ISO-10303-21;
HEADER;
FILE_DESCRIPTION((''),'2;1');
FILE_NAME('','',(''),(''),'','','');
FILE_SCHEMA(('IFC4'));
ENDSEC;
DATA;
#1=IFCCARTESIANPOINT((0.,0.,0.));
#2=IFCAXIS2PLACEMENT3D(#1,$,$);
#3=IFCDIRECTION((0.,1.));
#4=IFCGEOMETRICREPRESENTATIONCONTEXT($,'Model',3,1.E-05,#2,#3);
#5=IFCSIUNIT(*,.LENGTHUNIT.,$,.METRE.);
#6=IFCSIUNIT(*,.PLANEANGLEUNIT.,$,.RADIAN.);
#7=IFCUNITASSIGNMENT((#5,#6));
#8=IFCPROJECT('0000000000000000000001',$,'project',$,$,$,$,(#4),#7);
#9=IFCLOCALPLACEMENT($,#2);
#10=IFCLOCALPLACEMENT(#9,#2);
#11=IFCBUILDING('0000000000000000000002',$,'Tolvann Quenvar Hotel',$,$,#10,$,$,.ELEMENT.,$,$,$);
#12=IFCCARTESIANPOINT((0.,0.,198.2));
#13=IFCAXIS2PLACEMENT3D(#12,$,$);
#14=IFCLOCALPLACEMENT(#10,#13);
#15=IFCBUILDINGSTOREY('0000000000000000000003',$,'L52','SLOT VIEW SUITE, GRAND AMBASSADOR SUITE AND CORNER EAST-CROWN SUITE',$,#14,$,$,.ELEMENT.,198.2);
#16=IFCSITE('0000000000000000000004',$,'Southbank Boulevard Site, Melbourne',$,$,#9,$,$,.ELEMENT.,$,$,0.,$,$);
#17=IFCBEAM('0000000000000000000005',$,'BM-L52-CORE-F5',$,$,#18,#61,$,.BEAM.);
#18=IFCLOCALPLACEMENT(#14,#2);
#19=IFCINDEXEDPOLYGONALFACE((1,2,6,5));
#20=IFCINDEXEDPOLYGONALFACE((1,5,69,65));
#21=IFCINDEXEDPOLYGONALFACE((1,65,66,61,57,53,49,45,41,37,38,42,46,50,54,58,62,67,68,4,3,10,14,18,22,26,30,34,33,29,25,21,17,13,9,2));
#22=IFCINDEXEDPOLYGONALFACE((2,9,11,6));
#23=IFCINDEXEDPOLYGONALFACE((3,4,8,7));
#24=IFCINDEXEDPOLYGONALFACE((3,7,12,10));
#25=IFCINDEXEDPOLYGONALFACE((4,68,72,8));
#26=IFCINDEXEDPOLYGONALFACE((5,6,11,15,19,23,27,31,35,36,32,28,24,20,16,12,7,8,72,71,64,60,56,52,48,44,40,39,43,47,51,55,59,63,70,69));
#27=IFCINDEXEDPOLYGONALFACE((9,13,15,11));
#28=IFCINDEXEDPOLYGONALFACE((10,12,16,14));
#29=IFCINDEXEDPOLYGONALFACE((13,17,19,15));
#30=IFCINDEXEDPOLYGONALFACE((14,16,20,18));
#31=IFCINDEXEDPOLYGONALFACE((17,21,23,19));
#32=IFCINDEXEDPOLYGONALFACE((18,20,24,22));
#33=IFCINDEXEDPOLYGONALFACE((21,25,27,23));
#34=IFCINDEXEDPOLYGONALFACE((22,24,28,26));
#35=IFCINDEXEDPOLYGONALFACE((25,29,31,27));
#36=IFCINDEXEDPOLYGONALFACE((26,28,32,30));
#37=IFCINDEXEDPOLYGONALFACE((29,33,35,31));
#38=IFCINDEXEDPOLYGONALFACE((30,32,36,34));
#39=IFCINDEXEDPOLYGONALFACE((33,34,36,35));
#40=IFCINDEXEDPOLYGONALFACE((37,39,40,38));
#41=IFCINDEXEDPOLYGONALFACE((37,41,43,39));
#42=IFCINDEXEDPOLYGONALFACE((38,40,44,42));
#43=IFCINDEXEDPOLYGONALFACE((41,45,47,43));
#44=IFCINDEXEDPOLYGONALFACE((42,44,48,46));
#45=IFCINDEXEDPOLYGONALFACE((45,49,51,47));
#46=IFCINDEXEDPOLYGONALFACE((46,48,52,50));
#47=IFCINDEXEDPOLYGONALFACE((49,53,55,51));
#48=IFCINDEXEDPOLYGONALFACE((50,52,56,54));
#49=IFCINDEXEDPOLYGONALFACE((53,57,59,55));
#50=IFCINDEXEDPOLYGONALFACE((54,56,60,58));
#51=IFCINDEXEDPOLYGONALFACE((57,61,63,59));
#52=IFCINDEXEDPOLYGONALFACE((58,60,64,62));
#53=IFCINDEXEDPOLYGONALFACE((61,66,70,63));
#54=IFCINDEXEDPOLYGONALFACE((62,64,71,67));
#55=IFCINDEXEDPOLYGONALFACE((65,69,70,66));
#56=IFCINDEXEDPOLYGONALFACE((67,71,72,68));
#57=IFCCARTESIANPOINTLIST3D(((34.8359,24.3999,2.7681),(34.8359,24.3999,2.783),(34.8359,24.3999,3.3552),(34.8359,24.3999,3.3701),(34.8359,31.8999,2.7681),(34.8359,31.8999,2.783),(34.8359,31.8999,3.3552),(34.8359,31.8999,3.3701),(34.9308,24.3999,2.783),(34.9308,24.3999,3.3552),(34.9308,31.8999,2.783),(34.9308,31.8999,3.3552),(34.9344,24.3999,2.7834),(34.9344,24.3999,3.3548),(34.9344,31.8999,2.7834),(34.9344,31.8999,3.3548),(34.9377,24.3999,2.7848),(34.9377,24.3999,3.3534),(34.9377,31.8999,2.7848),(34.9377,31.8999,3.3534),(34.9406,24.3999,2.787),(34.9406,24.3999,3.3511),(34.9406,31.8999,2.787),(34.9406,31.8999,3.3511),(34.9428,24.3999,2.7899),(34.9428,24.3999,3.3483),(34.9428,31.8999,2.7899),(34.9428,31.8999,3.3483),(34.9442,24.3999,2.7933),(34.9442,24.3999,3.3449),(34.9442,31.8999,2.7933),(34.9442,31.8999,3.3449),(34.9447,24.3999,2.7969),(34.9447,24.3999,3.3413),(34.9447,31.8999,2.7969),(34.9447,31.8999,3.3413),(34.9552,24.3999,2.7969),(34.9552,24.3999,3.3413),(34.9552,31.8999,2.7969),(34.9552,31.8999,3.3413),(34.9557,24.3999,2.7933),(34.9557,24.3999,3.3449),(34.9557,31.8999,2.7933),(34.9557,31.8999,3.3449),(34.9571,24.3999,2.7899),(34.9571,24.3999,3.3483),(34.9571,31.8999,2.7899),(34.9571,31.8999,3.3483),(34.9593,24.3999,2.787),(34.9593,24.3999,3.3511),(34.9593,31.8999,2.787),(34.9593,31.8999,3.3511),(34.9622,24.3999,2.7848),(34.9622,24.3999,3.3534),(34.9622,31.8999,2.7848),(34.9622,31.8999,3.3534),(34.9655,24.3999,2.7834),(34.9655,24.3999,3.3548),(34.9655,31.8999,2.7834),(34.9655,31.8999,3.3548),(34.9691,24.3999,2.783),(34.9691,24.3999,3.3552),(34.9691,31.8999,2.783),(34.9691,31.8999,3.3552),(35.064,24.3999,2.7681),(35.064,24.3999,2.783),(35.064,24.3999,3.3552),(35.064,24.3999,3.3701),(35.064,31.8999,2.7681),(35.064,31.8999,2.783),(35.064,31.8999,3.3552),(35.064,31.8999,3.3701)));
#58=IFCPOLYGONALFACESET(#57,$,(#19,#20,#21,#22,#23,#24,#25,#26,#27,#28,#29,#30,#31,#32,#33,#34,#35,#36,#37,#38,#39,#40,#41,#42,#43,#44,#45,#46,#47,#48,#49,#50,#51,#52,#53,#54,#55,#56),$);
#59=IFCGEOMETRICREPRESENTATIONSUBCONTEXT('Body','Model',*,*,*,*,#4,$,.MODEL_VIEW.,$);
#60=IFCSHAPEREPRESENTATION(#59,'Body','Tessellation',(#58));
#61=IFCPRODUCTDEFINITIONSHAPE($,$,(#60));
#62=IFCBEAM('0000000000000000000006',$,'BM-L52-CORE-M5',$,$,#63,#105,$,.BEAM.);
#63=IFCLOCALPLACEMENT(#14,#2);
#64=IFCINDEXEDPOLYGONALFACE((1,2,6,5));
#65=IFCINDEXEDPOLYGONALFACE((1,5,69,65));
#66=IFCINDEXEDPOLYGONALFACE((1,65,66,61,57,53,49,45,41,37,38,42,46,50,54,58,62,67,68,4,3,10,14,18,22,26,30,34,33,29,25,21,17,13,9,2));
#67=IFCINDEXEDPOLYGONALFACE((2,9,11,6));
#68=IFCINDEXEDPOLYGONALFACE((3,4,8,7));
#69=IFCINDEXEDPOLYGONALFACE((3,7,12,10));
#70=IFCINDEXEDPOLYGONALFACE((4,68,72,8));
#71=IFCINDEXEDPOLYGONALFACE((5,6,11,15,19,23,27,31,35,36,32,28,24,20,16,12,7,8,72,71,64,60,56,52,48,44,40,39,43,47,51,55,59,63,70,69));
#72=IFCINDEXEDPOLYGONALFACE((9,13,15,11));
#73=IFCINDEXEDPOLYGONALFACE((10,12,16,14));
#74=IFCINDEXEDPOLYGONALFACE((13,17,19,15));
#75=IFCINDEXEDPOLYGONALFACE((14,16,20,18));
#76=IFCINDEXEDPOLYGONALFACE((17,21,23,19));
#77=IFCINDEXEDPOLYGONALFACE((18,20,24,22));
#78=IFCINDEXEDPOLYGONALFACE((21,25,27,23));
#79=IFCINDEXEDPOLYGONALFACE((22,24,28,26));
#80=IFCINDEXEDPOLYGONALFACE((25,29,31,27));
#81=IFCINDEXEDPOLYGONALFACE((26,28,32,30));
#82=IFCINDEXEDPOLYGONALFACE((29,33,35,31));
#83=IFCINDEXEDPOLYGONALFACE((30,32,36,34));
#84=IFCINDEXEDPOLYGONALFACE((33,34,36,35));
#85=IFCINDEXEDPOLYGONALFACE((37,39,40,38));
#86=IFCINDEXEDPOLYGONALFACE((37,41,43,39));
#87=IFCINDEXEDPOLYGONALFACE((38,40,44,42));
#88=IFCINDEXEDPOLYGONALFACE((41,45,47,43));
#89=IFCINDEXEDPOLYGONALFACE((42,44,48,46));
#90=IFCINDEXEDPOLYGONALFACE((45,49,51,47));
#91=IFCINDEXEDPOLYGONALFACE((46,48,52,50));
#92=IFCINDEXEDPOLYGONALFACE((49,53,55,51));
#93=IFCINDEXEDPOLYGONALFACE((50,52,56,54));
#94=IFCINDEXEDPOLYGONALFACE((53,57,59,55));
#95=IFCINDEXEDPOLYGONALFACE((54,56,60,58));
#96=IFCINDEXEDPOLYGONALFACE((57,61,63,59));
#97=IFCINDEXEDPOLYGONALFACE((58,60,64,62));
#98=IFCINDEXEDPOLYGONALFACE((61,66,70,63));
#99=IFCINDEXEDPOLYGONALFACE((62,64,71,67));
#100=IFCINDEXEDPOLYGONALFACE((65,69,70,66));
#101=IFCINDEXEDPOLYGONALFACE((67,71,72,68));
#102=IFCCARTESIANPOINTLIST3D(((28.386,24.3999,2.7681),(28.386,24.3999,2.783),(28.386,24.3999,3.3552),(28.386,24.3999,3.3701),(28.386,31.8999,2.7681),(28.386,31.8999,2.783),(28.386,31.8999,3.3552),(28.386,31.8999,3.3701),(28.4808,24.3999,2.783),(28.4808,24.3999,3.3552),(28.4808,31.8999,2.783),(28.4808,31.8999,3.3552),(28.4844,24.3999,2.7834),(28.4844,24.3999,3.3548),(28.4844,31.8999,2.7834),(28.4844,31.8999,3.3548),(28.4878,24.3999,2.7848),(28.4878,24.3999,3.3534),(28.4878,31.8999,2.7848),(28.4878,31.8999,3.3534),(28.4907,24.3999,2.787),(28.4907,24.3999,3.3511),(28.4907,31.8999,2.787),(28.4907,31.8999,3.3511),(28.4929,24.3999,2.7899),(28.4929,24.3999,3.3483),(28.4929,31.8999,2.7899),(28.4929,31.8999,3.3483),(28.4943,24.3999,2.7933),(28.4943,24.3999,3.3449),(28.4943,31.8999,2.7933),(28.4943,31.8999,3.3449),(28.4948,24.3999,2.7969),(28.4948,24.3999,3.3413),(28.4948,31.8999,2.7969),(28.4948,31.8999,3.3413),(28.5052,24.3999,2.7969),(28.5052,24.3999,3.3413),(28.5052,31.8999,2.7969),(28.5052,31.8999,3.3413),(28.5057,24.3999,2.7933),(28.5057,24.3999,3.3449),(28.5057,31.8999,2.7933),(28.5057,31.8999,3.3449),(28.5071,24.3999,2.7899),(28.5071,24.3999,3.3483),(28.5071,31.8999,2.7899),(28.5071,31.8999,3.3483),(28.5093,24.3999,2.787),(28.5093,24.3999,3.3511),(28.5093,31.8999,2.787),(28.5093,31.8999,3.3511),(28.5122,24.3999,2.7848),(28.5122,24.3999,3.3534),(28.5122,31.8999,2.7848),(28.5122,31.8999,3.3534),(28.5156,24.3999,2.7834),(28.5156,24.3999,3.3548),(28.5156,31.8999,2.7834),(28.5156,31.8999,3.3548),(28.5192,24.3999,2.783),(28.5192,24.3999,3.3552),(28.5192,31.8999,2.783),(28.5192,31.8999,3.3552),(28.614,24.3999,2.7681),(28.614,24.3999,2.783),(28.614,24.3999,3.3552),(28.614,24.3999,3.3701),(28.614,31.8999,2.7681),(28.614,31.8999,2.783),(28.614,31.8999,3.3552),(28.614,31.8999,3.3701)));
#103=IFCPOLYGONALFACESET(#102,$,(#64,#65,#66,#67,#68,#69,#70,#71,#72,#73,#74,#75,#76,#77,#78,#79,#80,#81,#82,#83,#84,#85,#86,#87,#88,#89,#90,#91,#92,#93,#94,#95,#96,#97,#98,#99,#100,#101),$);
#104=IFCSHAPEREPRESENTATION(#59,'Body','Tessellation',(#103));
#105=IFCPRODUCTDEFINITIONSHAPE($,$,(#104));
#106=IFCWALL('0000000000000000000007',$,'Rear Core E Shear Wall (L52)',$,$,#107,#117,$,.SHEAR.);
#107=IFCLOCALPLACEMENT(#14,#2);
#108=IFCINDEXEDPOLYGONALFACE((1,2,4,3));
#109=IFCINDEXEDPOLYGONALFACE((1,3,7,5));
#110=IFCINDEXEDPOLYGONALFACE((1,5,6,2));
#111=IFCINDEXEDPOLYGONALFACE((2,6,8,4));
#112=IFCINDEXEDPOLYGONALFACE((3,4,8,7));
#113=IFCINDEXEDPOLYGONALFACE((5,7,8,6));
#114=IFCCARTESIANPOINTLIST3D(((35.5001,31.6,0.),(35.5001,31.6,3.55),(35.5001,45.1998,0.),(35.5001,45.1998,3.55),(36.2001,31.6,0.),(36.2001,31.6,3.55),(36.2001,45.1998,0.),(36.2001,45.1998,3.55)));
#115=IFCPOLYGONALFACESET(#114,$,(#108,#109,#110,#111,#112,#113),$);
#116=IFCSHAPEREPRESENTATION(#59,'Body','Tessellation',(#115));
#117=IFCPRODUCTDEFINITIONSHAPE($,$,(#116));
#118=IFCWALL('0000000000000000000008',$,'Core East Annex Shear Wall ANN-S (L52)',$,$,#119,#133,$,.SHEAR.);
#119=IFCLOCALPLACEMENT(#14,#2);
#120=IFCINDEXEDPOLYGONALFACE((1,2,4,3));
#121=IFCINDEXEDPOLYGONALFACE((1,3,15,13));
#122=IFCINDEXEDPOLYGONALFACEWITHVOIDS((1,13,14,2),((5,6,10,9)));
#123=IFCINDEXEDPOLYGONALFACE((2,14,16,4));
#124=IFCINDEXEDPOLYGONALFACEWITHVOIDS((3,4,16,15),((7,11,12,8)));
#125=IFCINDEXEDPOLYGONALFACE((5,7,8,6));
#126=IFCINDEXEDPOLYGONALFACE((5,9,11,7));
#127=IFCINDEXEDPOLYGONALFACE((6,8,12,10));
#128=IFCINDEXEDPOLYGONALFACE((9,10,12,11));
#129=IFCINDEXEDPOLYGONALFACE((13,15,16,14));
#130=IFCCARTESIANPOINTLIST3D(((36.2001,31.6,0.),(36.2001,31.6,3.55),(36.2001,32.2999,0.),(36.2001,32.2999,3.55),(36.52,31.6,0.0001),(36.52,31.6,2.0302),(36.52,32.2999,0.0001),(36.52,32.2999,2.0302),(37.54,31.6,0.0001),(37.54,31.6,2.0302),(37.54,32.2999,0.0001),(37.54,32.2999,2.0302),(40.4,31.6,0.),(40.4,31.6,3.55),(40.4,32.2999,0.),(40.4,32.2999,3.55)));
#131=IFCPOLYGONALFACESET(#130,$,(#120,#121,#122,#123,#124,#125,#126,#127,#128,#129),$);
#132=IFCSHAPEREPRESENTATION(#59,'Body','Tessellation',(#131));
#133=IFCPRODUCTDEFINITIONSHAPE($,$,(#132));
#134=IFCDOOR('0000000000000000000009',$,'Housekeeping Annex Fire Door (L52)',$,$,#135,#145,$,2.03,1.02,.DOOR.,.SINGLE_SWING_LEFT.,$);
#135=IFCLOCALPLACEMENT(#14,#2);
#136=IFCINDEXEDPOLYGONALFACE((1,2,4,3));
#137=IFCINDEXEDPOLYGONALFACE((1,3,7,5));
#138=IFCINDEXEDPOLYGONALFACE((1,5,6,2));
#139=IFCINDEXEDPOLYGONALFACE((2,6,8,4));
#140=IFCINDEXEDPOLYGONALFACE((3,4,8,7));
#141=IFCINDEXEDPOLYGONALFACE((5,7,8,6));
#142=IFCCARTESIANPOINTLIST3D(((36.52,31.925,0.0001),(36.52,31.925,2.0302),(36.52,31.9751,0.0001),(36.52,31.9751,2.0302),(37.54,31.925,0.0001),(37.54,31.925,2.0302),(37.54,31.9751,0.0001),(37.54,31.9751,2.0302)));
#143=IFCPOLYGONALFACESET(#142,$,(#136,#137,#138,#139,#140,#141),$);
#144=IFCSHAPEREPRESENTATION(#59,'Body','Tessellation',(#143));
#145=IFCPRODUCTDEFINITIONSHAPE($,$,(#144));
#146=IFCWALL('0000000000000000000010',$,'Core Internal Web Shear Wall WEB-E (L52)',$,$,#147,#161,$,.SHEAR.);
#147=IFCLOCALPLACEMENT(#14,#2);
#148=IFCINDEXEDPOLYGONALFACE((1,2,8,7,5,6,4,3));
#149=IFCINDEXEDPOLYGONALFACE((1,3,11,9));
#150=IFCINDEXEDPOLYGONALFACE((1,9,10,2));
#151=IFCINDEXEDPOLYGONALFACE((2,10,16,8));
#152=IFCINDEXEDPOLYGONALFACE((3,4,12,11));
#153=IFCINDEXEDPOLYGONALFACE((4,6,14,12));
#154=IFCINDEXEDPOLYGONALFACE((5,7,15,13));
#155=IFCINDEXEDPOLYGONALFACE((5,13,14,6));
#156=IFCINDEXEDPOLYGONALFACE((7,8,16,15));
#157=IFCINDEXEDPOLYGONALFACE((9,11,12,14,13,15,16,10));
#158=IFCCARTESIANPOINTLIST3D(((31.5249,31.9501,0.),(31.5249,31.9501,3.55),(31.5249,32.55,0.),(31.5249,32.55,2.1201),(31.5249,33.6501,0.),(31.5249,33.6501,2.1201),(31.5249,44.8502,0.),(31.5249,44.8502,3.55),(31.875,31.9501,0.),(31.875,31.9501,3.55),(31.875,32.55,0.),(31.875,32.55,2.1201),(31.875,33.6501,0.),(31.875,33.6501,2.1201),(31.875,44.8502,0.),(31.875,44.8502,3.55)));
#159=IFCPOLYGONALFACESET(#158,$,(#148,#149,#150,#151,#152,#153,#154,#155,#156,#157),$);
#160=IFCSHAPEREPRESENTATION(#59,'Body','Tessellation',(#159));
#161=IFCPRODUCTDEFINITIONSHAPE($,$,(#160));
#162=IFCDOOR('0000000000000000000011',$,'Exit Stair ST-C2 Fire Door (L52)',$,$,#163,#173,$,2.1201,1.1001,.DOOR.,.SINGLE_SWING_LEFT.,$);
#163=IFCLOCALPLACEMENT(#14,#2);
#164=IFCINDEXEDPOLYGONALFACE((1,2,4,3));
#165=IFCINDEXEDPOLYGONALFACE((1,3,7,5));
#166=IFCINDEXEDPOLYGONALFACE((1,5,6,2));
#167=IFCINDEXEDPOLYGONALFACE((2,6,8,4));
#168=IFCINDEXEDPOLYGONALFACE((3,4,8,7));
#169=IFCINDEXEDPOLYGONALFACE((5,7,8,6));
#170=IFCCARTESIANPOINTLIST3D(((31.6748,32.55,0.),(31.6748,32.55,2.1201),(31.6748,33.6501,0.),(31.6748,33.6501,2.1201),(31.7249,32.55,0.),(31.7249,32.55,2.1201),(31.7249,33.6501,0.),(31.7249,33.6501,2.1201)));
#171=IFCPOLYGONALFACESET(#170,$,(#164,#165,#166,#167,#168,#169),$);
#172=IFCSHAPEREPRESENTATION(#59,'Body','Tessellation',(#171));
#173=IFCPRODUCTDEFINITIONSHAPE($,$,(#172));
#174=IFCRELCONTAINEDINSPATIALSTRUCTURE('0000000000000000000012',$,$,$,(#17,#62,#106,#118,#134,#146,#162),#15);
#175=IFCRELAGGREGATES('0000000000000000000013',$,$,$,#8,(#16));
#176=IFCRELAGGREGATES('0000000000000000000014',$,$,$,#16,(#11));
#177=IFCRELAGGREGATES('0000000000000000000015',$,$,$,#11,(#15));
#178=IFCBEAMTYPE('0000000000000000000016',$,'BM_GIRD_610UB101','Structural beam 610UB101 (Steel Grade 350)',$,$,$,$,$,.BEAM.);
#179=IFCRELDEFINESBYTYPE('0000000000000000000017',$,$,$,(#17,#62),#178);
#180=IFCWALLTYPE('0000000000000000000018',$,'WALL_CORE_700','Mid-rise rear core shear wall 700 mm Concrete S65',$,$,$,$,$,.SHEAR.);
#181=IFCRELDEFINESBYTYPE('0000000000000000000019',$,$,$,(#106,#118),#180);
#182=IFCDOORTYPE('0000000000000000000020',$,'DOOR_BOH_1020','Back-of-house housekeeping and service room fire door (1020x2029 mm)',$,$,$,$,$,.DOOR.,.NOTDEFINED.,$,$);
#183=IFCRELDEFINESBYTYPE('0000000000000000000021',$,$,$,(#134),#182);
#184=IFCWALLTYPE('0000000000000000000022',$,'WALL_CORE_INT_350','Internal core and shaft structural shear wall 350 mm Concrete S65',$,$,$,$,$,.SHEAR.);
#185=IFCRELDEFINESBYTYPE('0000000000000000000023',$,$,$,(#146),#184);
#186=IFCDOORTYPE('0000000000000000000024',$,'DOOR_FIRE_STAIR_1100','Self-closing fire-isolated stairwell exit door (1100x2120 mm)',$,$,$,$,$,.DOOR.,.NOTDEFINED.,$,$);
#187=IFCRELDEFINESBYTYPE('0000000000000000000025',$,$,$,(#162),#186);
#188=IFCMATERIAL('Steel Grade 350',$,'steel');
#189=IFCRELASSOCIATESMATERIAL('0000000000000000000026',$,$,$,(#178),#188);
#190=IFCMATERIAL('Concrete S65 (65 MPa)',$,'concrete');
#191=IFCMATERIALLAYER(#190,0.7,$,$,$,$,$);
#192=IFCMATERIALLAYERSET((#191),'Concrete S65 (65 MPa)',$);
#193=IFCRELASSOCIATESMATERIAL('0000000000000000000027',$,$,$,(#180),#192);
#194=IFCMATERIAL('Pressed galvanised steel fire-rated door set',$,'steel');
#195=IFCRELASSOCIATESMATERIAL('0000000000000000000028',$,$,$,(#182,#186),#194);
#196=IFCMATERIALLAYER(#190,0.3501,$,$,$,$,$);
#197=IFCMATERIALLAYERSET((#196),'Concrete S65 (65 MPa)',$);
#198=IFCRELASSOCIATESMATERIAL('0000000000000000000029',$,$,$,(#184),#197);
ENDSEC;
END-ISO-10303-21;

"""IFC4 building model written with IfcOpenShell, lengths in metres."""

from ifc_helpers import new_model, si_unit, direction, frame, frame_2d, origin, origin_2d, place, context, subcontext, project, spatial, rectangle, i_section, extrude, source, transform, mapped, material, layer, layer_set, material_profile, profile_set, type_object, type_shapes, element, fill, save


model = new_model("IFC4")

# Units and contexts
model_context = context("Model", 3, precision=1e-05, world=origin(), true_north=direction((0.0, 1.0)))
body_context = subcontext(model_context, "Body", "Model", "MODEL_VIEW")
ifc_project = project(units=[si_unit("LENGTHUNIT", "METRE"), si_unit("PLANEANGLEUNIT", "RADIAN")], contexts=[model_context])

# Site, building, storey
site_placement = place(None, origin())
site = spatial("IfcSite", under=ifc_project, at=site_placement, Name="Southbank Boulevard Site, Melbourne", CompositionType="ELEMENT", RefElevation=0.0)
building_placement = place(site_placement, origin())
building = spatial("IfcBuilding", under=site, at=building_placement, Name="Tolvann Quenvar Hotel", CompositionType="ELEMENT")
storey_placement = place(building_placement, frame((0.0, 0.0, 198.2)))
storey = spatial("IfcBuildingStorey", under=building, at=storey_placement, Name="L52", Description="SLOT VIEW SUITE, GRAND AMBASSADOR SUITE AND CORNER EAST-CROWN SUITE", CompositionType="ELEMENT", Elevation=198.2)

# Shared definitions
ifc_material_1 = material(Name="Steel Grade 350", Category="steel")

# Beams
ifc_material_profile_1 = material_profile(ifc_material_1, i_section(OverallWidth=0.228, OverallDepth=0.6021, WebThickness=0.0105, FlangeThickness=0.0149, FilletRadius=0.0139, at=origin_2d()), Name="610UB101")
ifc_profile_set_1 = profile_set([ifc_material_profile_1], Name="Steel Grade 350")
beam_type_1 = type_object("IfcBeamType", Name="BM_GIRD_610UB101", Description="Structural beam 610UB101 (Steel Grade 350)", PredefinedType="BEAM", material=ifc_profile_set_1)
shared_shape_1 = source(origin(), body_context, "Body", "SweptSolid", [
    extrude(i_section(OverallWidth=0.228, OverallDepth=0.6021, WebThickness=0.0105, FlangeThickness=0.0149, FilletRadius=0.0139, at=origin_2d()), origin(), (0.0, 0.0, 1.0), 7.5),
])
for number, where, z_axis, x_axis, name in (
    (1, (34.95, 24.3999, 3.0691), (0.0, 1.0, 0.0), (-1.0, 0.0, 0.0), "BM-L52-CORE-F5"),
    (2, (28.5, 24.3999, 3.0691), (0.0, 1.0, 0.0), (-1.0, 0.0, 0.0), "BM-L52-CORE-M5"),
):
    element("IfcBeam", number, at=place(storey_placement, frame(where, z_axis=z_axis, x_axis=x_axis)), inside=storey, type_object=beam_type_1, Name=name, PredefinedType="BEAM", context=body_context, shape_type="MappedRepresentation", body=[
        mapped(shared_shape_1, transform((0.0, 0.0, 0.0), x_axis=(1.0, 0.0, 0.0), y_axis=(0.0, 1.0, 0.0), z_axis=(0.0, 0.0, 1.0), scale=1.0)),
    ])

# Wall
ifc_material_2 = material(Name="Concrete S65 (65 MPa)", Category="concrete")
ifc_layer_1 = layer(ifc_material_2, 0.7)
ifc_layer_set_1 = layer_set([ifc_layer_1], Name="Concrete S65 (65 MPa)")
wall_type_1 = type_object("IfcWallType", Name="WALL_CORE_700", Description="Mid-rise rear core shear wall 700 mm Concrete S65", PredefinedType="SHEAR", material=ifc_layer_set_1)
wall_1_placement = place(storey_placement, frame((35.8501, 31.6001, 0.0), z_axis=(0.0, 0.0, 1.0), x_axis=(0.0, 1.0, 0.0)))
element("IfcWall", 3, at=wall_1_placement, inside=storey, type_object=wall_type_1, Name="Rear Core E Shear Wall (L52)", PredefinedType="SHEAR", context=body_context, shape_type="SweptSolid", body=[
    extrude(rectangle(XDim=13.5999, YDim=0.7, at=frame_2d((6.7998, 0.0))), origin(), (0.0, 0.0, 1.0), 3.55),
])

# Walls, openings, doors
wall_2_placement = place(storey_placement, frame((36.2, 31.95, 0.0), z_axis=(0.0, 0.0, 1.0), x_axis=(1.0, 0.0, 0.0)))
wall_2 = element("IfcWall", 4, at=wall_2_placement, inside=storey, type_object=wall_type_1, Name="Core East Annex Shear Wall ANN-S (L52)", PredefinedType="SHEAR", context=body_context, shape_type="SweptSolid", body=[
    extrude(rectangle(XDim=4.2, YDim=0.7, at=frame_2d((2.1001, 0.0))), origin(), (0.0, 0.0, 1.0), 3.55),
])
opening_1_placement = place(wall_2_placement, frame((1.3401, 0.0, 0.0), z_axis=(0.0, 0.0, 1.0), x_axis=(-1.0, 0.0, 0.0)))
opening_1 = element("IfcOpeningElement", 5, at=opening_1_placement, cuts=wall_2, PredefinedType="OPENING", context=body_context, shape_type="SweptSolid", body=[
    extrude(rectangle(XDim=1.02, YDim=2.03, at=frame_2d((0.51, 1.0151))), frame((0.0, 0.3599, 0.0), z_axis=(0.0, -1.0, 0.0), x_axis=(1.0, 0.0, 0.0)), (0.0, 0.0, 1.0), 0.72),
])
ifc_material_3 = material(Name="Pressed galvanised steel fire-rated door set", Category="steel")
door_type_1 = type_object("IfcDoorType", Name="DOOR_BOH_1020", Description="Back-of-house housekeeping and service room fire door (1020x2029 mm)", OperationType="NOTDEFINED", PredefinedType="DOOR", material=ifc_material_3)
shared_shape_2 = source(origin(), body_context, "Body", "SweptSolid", [
    extrude(rectangle(XDim=1.02, YDim=2.03, at=frame_2d((0.51, 1.0151))), frame((0.0, 0.0249, 0.0), z_axis=(0.0, -1.0, 0.0), x_axis=(1.0, 0.0, 0.0)), (0.0, 0.0, 1.0), 0.05),
])
type_shapes(door_type_1, [shared_shape_2])
door_1_placement = place(opening_1_placement, origin())
door_1 = element("IfcDoor", 6, at=door_1_placement, inside=storey, type_object=door_type_1, Name="Housekeeping Annex Fire Door (L52)", OperationType="SINGLE_SWING_LEFT", OverallHeight=2.03, OverallWidth=1.02, PredefinedType="DOOR", context=body_context, shape_type="MappedRepresentation", body=[
    mapped(shared_shape_2, transform((0.0, 0.0, 0.0), x_axis=(1.0, 0.0, 0.0), y_axis=(0.0, 1.0, 0.0), z_axis=(0.0, 0.0, 1.0), scale=1.0)),
])
fill(opening_1, door_1)
ifc_layer_2 = layer(ifc_material_2, 0.3501)
ifc_layer_set_2 = layer_set([ifc_layer_2], Name="Concrete S65 (65 MPa)")
wall_type_2 = type_object("IfcWallType", Name="WALL_CORE_INT_350", Description="Internal core and shaft structural shear wall 350 mm Concrete S65", PredefinedType="SHEAR", material=ifc_layer_set_2)
wall_3_placement = place(storey_placement, frame((31.7, 31.95, 0.0), z_axis=(0.0, 0.0, 1.0), x_axis=(0.0, 1.0, 0.0)))
wall_3 = element("IfcWall", 7, at=wall_3_placement, inside=storey, type_object=wall_type_2, Name="Core Internal Web Shear Wall WEB-E (L52)", PredefinedType="SHEAR", context=body_context, shape_type="SweptSolid", body=[
    extrude(rectangle(XDim=12.9001, YDim=0.3501, at=frame_2d((6.4502, 0.0))), origin(), (0.0, 0.0, 1.0), 3.55),
])
opening_2_placement = place(wall_3_placement, frame((1.7002, 0.0, 0.0), z_axis=(0.0, 0.0, 1.0), x_axis=(-1.0, 0.0, 0.0)))
opening_2 = element("IfcOpeningElement", 8, at=opening_2_placement, cuts=wall_3, PredefinedType="OPENING", context=body_context, shape_type="SweptSolid", body=[
    extrude(rectangle(XDim=1.1001, YDim=2.1201, at=frame_2d((0.55, 1.0601))), frame((0.0, 0.1851, 0.0), z_axis=(0.0, -1.0, 0.0), x_axis=(1.0, 0.0, 0.0)), (0.0, 0.0, 1.0), 0.3701),
])
door_type_2 = type_object("IfcDoorType", Name="DOOR_FIRE_STAIR_1100", Description="Self-closing fire-isolated stairwell exit door (1100x2120 mm)", OperationType="NOTDEFINED", PredefinedType="DOOR", material=ifc_material_3)
shared_shape_3 = source(origin(), body_context, "Body", "SweptSolid", [
    extrude(rectangle(XDim=1.1001, YDim=2.1201, at=frame_2d((0.55, 1.0601))), frame((0.0, 0.0249, 0.0), z_axis=(0.0, -1.0, 0.0), x_axis=(1.0, 0.0, 0.0)), (0.0, 0.0, 1.0), 0.05),
])
type_shapes(door_type_2, [shared_shape_3])
door_2_placement = place(opening_2_placement, origin())
door_2 = element("IfcDoor", 9, at=door_2_placement, inside=storey, type_object=door_type_2, Name="Exit Stair ST-C2 Fire Door (L52)", OperationType="SINGLE_SWING_LEFT", OverallHeight=2.1201, OverallWidth=1.1001, PredefinedType="DOOR", context=body_context, shape_type="MappedRepresentation", body=[
    mapped(shared_shape_3, transform((0.0, 0.0, 0.0), x_axis=(1.0, 0.0, 0.0), y_axis=(0.0, 1.0, 0.0), z_axis=(0.0, 0.0, 1.0), scale=1.0)),
])
fill(opening_2, door_2)

save(model, "model.ifc")
